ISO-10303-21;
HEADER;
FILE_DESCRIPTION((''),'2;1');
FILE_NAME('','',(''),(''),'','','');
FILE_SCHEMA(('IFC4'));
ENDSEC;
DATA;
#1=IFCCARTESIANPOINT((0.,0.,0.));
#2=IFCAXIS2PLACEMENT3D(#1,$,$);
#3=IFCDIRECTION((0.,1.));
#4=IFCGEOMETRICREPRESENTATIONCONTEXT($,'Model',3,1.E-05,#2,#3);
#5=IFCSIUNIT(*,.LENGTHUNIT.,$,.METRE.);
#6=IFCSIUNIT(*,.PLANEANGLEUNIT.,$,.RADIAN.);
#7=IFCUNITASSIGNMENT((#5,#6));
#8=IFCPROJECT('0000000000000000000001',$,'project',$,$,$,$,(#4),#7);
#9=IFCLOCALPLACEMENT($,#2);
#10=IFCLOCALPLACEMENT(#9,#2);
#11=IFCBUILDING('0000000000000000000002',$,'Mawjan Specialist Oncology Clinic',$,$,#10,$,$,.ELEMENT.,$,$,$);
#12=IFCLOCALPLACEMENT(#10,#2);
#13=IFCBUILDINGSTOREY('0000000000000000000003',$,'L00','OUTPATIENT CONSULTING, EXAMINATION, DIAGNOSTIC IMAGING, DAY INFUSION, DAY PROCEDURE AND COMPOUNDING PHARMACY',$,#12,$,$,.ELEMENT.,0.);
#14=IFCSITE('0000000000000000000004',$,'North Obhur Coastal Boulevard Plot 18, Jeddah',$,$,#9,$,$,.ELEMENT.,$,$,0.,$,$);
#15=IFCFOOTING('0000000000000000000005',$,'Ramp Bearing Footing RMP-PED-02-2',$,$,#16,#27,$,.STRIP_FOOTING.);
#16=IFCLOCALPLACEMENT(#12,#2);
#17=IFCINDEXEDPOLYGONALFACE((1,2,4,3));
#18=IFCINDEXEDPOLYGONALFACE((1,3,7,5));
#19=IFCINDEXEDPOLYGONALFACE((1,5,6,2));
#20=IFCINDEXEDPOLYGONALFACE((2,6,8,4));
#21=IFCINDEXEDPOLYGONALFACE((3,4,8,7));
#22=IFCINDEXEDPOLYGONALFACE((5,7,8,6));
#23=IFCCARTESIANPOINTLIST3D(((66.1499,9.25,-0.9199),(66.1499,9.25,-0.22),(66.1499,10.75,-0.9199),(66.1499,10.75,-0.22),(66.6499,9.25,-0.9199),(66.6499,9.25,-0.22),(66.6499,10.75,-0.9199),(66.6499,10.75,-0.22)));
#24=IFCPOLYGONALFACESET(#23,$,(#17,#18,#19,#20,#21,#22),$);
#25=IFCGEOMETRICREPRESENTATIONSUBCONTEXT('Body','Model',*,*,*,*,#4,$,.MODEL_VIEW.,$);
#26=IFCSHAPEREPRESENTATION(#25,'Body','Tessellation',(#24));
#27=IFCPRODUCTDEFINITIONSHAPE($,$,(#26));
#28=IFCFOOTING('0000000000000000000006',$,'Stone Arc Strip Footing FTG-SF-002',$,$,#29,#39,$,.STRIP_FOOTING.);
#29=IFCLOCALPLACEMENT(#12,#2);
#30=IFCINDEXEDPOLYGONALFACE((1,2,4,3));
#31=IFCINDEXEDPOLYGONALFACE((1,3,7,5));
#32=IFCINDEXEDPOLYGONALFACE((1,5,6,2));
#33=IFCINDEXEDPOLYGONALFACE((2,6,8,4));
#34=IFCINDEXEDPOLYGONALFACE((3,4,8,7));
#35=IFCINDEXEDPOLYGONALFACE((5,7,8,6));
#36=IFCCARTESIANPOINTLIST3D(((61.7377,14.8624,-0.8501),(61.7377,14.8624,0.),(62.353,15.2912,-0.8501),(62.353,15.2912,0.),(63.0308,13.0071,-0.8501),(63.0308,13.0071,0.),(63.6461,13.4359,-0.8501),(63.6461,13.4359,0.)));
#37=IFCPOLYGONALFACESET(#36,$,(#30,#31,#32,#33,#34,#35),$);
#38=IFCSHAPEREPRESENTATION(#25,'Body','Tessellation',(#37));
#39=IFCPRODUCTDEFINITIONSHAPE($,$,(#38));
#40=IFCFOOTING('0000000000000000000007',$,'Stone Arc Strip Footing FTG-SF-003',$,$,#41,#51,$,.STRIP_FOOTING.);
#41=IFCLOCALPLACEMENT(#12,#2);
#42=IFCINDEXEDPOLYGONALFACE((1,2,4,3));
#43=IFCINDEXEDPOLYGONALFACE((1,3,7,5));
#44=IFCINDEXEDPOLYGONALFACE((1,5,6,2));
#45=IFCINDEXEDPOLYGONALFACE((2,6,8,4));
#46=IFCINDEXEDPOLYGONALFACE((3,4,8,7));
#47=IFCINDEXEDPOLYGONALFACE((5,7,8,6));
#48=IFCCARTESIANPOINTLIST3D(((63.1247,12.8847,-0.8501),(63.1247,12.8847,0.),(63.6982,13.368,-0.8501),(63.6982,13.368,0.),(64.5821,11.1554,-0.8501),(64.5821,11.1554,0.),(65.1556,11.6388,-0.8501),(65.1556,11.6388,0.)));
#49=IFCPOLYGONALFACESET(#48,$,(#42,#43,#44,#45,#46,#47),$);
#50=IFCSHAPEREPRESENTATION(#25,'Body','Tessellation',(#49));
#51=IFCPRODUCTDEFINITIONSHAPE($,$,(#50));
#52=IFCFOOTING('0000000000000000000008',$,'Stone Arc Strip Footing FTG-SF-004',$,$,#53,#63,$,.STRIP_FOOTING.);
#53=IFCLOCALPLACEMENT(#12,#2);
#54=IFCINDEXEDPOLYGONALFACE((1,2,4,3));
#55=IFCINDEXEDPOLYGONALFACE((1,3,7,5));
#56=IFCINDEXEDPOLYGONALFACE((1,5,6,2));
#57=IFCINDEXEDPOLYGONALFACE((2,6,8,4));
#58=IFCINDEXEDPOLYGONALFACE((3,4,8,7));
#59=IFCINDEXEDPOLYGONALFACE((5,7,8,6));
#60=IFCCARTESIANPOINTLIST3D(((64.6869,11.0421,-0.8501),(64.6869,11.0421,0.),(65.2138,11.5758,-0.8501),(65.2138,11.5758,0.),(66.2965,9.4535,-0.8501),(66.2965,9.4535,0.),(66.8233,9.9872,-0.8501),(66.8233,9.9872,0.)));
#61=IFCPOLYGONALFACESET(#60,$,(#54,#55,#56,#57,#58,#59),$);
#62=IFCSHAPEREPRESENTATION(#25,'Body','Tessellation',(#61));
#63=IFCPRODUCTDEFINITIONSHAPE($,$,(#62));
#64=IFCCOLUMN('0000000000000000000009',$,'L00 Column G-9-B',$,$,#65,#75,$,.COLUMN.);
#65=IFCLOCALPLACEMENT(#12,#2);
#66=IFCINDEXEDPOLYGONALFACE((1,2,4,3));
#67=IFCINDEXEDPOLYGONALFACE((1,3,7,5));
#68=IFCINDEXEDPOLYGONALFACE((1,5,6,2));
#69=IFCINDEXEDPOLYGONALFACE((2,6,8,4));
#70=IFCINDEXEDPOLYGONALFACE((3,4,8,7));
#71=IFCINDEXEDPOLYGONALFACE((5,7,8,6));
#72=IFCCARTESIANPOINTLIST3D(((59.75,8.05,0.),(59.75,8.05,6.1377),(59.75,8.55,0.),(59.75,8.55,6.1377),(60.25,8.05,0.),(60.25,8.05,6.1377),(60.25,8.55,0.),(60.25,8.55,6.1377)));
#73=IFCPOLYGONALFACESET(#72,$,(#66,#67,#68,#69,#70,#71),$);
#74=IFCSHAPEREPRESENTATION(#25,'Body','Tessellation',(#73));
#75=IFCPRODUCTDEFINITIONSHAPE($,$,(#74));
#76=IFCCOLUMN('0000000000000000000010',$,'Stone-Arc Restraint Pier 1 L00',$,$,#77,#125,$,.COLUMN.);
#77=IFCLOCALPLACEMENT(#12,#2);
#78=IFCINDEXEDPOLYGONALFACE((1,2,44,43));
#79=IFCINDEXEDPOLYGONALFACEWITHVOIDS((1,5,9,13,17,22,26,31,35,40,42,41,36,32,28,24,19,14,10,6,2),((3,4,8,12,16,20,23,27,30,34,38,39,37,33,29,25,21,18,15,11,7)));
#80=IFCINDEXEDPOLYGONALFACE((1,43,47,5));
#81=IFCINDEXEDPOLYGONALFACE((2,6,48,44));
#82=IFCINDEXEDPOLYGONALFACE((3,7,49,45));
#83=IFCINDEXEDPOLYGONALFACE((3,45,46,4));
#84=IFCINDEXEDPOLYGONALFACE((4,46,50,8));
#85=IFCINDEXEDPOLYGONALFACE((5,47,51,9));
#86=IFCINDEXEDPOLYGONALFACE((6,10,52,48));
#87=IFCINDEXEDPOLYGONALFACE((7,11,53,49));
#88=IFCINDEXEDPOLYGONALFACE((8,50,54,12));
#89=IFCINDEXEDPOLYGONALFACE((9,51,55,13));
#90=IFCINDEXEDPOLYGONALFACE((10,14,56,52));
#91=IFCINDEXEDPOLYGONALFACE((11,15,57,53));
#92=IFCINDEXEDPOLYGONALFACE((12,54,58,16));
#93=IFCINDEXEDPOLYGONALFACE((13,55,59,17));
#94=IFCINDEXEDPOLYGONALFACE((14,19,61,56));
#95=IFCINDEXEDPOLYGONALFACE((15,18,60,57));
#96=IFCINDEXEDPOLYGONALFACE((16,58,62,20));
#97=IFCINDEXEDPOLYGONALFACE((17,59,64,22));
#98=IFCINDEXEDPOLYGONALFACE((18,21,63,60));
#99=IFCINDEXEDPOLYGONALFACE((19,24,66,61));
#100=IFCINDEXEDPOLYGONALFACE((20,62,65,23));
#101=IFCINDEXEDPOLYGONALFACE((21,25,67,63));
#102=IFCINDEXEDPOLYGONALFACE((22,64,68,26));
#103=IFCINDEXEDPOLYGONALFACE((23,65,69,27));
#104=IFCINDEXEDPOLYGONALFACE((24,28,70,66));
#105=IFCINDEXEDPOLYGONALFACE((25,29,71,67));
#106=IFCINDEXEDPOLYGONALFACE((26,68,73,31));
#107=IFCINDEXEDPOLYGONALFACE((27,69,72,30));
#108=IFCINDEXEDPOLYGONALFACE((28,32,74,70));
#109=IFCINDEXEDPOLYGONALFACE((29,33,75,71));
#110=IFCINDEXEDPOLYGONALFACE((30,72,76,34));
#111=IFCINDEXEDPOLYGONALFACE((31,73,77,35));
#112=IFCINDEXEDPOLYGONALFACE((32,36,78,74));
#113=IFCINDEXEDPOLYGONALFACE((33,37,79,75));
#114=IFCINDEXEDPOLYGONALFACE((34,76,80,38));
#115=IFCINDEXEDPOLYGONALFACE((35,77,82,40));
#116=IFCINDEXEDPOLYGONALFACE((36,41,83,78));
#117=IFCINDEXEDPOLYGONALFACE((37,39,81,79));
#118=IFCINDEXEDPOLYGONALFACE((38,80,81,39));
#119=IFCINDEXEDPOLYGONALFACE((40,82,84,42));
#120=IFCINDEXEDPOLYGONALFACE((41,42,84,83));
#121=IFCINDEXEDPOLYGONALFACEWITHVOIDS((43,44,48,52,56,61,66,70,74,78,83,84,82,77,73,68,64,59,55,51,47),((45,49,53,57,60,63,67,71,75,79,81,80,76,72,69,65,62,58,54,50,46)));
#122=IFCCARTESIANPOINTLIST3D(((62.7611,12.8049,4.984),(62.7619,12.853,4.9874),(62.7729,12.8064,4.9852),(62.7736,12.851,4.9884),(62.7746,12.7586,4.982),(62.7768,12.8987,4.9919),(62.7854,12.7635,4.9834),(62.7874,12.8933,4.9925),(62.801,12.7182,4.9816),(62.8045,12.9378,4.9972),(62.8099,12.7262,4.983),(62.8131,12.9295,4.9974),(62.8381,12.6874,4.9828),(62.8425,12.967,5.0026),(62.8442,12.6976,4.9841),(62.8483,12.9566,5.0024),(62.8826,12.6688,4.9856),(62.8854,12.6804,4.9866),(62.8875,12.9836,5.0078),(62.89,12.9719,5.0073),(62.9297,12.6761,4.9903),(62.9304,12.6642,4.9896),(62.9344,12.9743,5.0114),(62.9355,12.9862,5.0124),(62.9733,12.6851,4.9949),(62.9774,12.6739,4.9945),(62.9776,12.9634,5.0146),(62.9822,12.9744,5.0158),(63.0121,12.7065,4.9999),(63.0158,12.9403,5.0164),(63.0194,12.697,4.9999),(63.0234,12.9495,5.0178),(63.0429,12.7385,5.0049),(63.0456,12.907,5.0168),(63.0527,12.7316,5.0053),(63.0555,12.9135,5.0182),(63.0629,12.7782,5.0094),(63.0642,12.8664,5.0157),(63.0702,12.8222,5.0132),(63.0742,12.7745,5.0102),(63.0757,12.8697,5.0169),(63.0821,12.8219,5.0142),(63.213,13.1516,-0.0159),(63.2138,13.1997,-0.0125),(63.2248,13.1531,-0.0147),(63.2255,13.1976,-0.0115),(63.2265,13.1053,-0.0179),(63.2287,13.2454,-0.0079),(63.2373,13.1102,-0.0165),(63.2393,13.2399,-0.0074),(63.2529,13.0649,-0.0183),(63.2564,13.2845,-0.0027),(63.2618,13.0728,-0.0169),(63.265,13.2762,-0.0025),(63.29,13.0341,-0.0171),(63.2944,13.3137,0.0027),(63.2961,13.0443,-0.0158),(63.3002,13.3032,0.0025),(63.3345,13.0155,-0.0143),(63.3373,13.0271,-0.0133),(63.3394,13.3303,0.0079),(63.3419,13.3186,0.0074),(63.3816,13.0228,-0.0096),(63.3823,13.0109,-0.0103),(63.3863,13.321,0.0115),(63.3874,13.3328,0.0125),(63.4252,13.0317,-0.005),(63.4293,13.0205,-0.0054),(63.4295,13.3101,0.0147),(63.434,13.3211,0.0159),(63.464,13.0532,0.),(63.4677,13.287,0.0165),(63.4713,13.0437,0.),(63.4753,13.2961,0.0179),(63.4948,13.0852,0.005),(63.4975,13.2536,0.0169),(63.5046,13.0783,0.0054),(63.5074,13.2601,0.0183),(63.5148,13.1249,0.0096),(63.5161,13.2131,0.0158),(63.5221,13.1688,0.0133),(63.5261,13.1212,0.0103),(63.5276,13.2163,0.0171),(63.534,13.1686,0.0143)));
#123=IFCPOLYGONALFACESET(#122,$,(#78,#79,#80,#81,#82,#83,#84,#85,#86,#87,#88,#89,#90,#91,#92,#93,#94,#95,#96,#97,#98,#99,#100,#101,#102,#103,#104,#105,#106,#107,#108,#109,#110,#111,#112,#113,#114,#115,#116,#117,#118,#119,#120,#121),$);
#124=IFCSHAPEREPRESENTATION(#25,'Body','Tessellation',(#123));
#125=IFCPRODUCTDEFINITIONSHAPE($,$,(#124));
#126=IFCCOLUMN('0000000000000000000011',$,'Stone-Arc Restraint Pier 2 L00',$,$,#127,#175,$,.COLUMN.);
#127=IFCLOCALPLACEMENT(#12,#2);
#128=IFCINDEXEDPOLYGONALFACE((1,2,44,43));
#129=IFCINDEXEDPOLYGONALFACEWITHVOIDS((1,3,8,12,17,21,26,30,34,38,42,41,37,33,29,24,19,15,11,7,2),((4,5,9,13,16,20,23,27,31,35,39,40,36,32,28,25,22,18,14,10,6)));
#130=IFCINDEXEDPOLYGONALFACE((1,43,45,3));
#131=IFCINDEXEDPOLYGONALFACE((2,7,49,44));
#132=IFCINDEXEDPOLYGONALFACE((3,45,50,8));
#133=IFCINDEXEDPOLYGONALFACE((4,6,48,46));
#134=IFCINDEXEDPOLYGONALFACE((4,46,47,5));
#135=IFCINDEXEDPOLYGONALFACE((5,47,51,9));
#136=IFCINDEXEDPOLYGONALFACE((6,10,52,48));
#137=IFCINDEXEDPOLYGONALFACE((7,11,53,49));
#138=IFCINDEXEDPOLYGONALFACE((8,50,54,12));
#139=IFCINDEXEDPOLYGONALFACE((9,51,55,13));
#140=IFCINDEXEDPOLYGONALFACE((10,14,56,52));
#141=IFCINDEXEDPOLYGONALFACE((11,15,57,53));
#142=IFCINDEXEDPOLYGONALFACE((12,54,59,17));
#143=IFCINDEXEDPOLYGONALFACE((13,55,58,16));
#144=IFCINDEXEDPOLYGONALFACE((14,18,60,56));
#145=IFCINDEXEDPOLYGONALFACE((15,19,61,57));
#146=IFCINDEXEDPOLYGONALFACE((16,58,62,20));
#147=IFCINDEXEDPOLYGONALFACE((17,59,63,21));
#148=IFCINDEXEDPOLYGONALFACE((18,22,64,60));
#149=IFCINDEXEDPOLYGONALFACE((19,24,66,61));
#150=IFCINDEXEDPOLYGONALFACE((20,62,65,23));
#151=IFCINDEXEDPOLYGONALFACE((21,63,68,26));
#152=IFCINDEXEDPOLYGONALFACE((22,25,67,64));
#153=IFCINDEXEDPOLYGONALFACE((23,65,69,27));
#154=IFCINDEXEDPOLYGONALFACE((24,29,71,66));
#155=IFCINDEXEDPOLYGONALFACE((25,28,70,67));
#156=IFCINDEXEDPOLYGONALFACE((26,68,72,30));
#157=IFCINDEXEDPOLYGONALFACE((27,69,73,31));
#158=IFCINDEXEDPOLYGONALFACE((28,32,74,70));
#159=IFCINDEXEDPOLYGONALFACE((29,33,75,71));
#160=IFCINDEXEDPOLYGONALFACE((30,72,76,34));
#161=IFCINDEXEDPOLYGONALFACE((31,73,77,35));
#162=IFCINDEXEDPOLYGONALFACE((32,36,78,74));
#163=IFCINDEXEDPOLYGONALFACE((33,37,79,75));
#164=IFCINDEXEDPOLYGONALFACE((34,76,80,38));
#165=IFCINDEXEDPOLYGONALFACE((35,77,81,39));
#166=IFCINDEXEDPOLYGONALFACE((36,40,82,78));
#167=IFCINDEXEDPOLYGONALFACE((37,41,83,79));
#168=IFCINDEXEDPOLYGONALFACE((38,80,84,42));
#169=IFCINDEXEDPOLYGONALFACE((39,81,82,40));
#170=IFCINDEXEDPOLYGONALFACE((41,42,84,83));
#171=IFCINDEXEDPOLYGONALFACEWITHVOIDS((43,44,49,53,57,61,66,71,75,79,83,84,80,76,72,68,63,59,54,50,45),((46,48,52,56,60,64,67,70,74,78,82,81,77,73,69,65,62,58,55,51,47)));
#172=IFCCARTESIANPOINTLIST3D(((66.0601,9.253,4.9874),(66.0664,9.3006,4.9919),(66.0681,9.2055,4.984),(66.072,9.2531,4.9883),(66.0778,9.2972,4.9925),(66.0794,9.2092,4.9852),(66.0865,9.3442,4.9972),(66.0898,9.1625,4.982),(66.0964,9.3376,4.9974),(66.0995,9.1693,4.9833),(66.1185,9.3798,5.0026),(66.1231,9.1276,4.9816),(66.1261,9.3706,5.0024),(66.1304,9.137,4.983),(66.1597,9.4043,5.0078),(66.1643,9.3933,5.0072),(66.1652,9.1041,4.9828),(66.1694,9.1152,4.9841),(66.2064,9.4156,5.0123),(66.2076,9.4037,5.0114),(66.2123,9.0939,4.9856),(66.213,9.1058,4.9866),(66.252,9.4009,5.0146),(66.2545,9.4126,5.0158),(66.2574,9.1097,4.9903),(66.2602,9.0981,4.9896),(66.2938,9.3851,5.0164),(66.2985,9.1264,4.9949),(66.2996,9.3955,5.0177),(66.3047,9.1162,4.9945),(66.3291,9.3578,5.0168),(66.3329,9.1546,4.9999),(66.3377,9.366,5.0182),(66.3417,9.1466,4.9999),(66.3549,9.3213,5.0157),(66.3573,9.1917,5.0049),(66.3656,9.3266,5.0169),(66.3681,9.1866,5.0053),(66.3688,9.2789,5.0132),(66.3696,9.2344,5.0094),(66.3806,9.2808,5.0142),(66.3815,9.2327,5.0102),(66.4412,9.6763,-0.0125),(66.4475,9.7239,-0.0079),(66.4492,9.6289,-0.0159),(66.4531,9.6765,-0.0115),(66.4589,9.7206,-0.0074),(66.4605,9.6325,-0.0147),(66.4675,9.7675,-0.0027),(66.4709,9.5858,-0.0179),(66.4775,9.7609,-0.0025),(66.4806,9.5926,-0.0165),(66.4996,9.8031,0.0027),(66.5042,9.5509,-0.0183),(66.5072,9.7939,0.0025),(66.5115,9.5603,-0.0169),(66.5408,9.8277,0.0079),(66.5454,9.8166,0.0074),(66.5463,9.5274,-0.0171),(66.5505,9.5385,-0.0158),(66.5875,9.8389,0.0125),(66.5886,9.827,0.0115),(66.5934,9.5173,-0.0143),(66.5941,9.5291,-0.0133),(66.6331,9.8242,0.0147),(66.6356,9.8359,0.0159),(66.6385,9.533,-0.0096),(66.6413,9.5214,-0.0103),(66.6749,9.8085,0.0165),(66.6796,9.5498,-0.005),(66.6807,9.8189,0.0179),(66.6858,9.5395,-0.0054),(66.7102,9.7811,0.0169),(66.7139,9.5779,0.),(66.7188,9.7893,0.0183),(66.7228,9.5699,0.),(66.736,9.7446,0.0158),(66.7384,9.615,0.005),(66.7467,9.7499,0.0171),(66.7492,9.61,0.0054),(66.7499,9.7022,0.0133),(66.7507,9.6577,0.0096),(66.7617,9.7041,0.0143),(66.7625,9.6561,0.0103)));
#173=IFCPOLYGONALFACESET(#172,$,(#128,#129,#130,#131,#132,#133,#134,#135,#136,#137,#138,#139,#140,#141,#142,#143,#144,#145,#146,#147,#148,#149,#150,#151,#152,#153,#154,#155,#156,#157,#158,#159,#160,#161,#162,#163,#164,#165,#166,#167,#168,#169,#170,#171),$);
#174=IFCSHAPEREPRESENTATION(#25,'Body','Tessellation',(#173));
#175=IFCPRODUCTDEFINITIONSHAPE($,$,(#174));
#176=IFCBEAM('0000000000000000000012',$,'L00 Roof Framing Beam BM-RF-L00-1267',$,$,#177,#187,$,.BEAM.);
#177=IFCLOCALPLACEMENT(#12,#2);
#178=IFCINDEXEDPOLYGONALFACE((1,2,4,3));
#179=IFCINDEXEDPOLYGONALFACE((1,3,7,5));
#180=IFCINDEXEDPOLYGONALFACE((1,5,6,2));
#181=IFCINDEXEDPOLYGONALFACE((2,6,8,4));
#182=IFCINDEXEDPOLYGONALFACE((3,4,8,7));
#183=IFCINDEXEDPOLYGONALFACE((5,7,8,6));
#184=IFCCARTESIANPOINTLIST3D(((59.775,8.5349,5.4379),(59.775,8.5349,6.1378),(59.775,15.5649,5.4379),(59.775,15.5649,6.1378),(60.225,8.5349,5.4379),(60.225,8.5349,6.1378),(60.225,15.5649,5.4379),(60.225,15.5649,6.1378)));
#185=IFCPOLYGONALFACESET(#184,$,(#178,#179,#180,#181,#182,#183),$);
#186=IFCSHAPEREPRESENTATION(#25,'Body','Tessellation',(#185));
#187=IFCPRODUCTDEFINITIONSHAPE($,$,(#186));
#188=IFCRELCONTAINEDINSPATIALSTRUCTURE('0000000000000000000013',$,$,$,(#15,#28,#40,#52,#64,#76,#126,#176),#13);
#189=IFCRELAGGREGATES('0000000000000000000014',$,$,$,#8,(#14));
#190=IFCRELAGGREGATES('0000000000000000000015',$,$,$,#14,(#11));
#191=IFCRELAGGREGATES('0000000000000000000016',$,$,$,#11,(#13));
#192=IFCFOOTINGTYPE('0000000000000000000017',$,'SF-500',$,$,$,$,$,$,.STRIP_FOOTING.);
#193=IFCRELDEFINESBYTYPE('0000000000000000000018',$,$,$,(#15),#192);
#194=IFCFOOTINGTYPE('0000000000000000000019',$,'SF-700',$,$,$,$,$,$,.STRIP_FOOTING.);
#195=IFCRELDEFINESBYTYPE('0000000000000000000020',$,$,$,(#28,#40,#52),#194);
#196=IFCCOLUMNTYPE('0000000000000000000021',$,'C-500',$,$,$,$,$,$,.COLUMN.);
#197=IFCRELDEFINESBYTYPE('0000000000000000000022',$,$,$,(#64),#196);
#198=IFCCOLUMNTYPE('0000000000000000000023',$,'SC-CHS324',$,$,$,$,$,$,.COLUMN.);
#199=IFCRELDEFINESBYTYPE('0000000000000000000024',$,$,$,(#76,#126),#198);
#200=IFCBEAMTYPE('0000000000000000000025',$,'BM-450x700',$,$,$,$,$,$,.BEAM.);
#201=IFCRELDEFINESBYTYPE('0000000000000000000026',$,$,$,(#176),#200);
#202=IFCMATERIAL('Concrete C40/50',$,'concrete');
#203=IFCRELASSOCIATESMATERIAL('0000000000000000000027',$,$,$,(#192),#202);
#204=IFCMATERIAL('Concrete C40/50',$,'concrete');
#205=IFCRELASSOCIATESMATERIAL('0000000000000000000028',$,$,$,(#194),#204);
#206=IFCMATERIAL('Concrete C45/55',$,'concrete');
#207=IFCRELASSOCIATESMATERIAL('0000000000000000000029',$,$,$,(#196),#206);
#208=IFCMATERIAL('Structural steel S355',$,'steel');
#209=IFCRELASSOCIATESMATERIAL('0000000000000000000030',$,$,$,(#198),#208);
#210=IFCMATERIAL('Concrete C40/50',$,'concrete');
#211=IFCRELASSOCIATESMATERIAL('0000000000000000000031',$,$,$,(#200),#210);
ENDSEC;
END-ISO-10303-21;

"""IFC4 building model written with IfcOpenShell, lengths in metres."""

from ifc_helpers import new_model, si_unit, direction, frame, origin, origin_2d, place, context, subcontext, project, spatial, rectangle, hollow_circle, extrude, material, material_profile, profile_set, type_object, element, save


model = new_model("IFC4")

# Units and contexts
model_context = context("Model", 3, precision=1e-05, world=origin(), true_north=direction((0.0, 1.0)))
body_context = subcontext(model_context, "Body", "Model", "MODEL_VIEW")
ifc_project = project(units=[si_unit("LENGTHUNIT", "METRE"), si_unit("PLANEANGLEUNIT", "RADIAN")], contexts=[model_context])

# Site, building, storey
site_placement = place(None, origin())
site = spatial("IfcSite", under=ifc_project, at=site_placement, Name="North Obhur Coastal Boulevard Plot 18, Jeddah", CompositionType="ELEMENT", RefElevation=0.0)
building_placement = place(site_placement, origin())
building = spatial("IfcBuilding", under=site, at=building_placement, Name="Mawjan Specialist Oncology Clinic", CompositionType="ELEMENT")
storey_placement = place(building_placement, origin())
storey = spatial("IfcBuildingStorey", under=building, at=storey_placement, Name="L00", Description="OUTPATIENT CONSULTING, EXAMINATION, DIAGNOSTIC IMAGING, DAY INFUSION, DAY PROCEDURE AND COMPOUNDING PHARMACY", CompositionType="ELEMENT", Elevation=0.0)

# Footings
ifc_material_1 = material(Name="Concrete C40/50", Category="concrete")
footing_type_1 = type_object("IfcFootingType", Name="SF-500", PredefinedType="STRIP_FOOTING", material=ifc_material_1)
for number, where, z_axis, x_axis, name in (
    (1, (66.3999, 10.0, -0.9199), (0.0, 0.0, 1.0), (1.0, 0.0, 0.0), "Ramp Bearing Footing RMP-PED-02-2"),
):
    element("IfcFooting", number, at=place(storey_placement, frame(where, z_axis=z_axis, x_axis=x_axis)), inside=storey, type_object=footing_type_1, Name=name, PredefinedType="STRIP_FOOTING", context=body_context, shape_type="SweptSolid", body=[
        extrude(rectangle(XDim=0.5, YDim=1.5, at=origin_2d()), origin(), (0.0, 0.0, 1.0), 0.7),
    ])
ifc_material_2 = material(Name="Concrete C40/50", Category="concrete")
footing_type_2 = type_object("IfcFootingType", Name="SF-700", PredefinedType="STRIP_FOOTING", material=ifc_material_2)
for number, where, z_axis, x_axis, name in (
    (2, (62.6919, 14.1492, -0.8501), (0.0, 0.0, 1.0), (-0.571788, 0.820401, 0.0), "Stone Arc Strip Footing FTG-SF-002"),
    (3, (64.1401, 12.2617, -0.8501), (0.0, 0.0, 1.0), (-0.644457, 0.76464, 0.0), "Stone Arc Strip Footing FTG-SF-003"),
    (4, (65.7551, 10.5146, -0.8501), (0.0, 0.0, 1.0), (-0.71172, 0.702464, 0.0), "Stone Arc Strip Footing FTG-SF-004"),
):
    element("IfcFooting", number, at=place(storey_placement, frame(where, z_axis=z_axis, x_axis=x_axis)), inside=storey, type_object=footing_type_2, Name=name, PredefinedType="STRIP_FOOTING", context=body_context, shape_type="SweptSolid", body=[
        extrude(rectangle(XDim=2.2615, YDim=0.75, at=origin_2d()), origin(), (0.0, 0.0, 1.0), 0.8501),
    ])

# Columns
ifc_material_3 = material(Name="Concrete C45/55", Category="concrete")
ifc_material_profile_1 = material_profile(ifc_material_3, rectangle(XDim=0.5, YDim=0.5, at=origin_2d()), Name="RC COL 500x500", Category="concrete")
ifc_profile_set_1 = profile_set([ifc_material_profile_1], Name="Concrete C45/55")
column_type_1 = type_object("IfcColumnType", Name="C-500", PredefinedType="COLUMN", material=ifc_profile_set_1)
column_placement = place(storey_placement, frame((60.0, 8.3, 0.0), z_axis=(0.0, 0.0, 1.0), x_axis=(1.0, 0.0, 0.0)))
element("IfcColumn", 5, at=column_placement, inside=storey, type_object=column_type_1, Name="L00 Column G-9-B", PredefinedType="COLUMN", context=body_context, shape_type="SweptSolid", body=[
    extrude(rectangle(XDim=0.5, YDim=0.5, at=origin_2d()), origin(), (0.0, 0.0, 1.0), 6.1377),
])
ifc_material_4 = material(Name="Structural steel S355", Category="steel")
ifc_material_profile_2 = material_profile(ifc_material_4, hollow_circle(Radius=0.1619, WallThickness=0.012, at=origin_2d()), Name="CHS 323.9x12", Category="steel")
ifc_profile_set_2 = profile_set([ifc_material_profile_2], Name="Structural steel S355")
column_type_2 = type_object("IfcColumnType", Name="SC-CHS324", PredefinedType="COLUMN", material=ifc_profile_set_2)
for number, where, z_axis, x_axis, name in (
    (6, (63.3728, 13.1721, 0.0), (-0.0898, -0.06889, 0.993574), (0.608674, -0.79342, 0.0), "Stone-Arc Restraint Pier 1 L00"),
    (7, (66.6025, 9.6782, 0.0), (-0.075731, -0.084124, 0.993573), (0.743209, -0.669059, 0.0), "Stone-Arc Restraint Pier 2 L00"),
):
    element("IfcColumn", number, at=place(storey_placement, frame(where, z_axis=z_axis, x_axis=x_axis)), inside=storey, type_object=column_type_2, Name=name, PredefinedType="COLUMN", context=body_context, shape_type="SweptSolid", body=[
        extrude(hollow_circle(Radius=0.1619, WallThickness=0.012, at=origin_2d()), origin(), (0.0, 0.0, 1.0), 5.0322),
    ])

# Beam
ifc_material_5 = material(Name="Concrete C40/50", Category="concrete")
ifc_material_profile_3 = material_profile(ifc_material_5, rectangle(XDim=0.45, YDim=0.7, at=origin_2d()), Name="RC BM 450x700", Category="concrete")
ifc_profile_set_3 = profile_set([ifc_material_profile_3], Name="Concrete C40/50")
beam_type = type_object("IfcBeamType", Name="BM-450x700", PredefinedType="BEAM", material=ifc_profile_set_3)
beam_placement = place(storey_placement, frame((60.0, 8.5349, 5.7878), z_axis=(0.0, 1.0, 0.0), x_axis=(-1.0, 0.0, 0.0)))
element("IfcBeam", 8, at=beam_placement, inside=storey, type_object=beam_type, Name="L00 Roof Framing Beam BM-RF-L00-1267", PredefinedType="BEAM", context=body_context, shape_type="SweptSolid", body=[
    extrude(rectangle(XDim=0.45, YDim=0.7, at=origin_2d()), origin(), (0.0, 0.0, 1.0), 7.03),
])

save(model, "model.ifc")
